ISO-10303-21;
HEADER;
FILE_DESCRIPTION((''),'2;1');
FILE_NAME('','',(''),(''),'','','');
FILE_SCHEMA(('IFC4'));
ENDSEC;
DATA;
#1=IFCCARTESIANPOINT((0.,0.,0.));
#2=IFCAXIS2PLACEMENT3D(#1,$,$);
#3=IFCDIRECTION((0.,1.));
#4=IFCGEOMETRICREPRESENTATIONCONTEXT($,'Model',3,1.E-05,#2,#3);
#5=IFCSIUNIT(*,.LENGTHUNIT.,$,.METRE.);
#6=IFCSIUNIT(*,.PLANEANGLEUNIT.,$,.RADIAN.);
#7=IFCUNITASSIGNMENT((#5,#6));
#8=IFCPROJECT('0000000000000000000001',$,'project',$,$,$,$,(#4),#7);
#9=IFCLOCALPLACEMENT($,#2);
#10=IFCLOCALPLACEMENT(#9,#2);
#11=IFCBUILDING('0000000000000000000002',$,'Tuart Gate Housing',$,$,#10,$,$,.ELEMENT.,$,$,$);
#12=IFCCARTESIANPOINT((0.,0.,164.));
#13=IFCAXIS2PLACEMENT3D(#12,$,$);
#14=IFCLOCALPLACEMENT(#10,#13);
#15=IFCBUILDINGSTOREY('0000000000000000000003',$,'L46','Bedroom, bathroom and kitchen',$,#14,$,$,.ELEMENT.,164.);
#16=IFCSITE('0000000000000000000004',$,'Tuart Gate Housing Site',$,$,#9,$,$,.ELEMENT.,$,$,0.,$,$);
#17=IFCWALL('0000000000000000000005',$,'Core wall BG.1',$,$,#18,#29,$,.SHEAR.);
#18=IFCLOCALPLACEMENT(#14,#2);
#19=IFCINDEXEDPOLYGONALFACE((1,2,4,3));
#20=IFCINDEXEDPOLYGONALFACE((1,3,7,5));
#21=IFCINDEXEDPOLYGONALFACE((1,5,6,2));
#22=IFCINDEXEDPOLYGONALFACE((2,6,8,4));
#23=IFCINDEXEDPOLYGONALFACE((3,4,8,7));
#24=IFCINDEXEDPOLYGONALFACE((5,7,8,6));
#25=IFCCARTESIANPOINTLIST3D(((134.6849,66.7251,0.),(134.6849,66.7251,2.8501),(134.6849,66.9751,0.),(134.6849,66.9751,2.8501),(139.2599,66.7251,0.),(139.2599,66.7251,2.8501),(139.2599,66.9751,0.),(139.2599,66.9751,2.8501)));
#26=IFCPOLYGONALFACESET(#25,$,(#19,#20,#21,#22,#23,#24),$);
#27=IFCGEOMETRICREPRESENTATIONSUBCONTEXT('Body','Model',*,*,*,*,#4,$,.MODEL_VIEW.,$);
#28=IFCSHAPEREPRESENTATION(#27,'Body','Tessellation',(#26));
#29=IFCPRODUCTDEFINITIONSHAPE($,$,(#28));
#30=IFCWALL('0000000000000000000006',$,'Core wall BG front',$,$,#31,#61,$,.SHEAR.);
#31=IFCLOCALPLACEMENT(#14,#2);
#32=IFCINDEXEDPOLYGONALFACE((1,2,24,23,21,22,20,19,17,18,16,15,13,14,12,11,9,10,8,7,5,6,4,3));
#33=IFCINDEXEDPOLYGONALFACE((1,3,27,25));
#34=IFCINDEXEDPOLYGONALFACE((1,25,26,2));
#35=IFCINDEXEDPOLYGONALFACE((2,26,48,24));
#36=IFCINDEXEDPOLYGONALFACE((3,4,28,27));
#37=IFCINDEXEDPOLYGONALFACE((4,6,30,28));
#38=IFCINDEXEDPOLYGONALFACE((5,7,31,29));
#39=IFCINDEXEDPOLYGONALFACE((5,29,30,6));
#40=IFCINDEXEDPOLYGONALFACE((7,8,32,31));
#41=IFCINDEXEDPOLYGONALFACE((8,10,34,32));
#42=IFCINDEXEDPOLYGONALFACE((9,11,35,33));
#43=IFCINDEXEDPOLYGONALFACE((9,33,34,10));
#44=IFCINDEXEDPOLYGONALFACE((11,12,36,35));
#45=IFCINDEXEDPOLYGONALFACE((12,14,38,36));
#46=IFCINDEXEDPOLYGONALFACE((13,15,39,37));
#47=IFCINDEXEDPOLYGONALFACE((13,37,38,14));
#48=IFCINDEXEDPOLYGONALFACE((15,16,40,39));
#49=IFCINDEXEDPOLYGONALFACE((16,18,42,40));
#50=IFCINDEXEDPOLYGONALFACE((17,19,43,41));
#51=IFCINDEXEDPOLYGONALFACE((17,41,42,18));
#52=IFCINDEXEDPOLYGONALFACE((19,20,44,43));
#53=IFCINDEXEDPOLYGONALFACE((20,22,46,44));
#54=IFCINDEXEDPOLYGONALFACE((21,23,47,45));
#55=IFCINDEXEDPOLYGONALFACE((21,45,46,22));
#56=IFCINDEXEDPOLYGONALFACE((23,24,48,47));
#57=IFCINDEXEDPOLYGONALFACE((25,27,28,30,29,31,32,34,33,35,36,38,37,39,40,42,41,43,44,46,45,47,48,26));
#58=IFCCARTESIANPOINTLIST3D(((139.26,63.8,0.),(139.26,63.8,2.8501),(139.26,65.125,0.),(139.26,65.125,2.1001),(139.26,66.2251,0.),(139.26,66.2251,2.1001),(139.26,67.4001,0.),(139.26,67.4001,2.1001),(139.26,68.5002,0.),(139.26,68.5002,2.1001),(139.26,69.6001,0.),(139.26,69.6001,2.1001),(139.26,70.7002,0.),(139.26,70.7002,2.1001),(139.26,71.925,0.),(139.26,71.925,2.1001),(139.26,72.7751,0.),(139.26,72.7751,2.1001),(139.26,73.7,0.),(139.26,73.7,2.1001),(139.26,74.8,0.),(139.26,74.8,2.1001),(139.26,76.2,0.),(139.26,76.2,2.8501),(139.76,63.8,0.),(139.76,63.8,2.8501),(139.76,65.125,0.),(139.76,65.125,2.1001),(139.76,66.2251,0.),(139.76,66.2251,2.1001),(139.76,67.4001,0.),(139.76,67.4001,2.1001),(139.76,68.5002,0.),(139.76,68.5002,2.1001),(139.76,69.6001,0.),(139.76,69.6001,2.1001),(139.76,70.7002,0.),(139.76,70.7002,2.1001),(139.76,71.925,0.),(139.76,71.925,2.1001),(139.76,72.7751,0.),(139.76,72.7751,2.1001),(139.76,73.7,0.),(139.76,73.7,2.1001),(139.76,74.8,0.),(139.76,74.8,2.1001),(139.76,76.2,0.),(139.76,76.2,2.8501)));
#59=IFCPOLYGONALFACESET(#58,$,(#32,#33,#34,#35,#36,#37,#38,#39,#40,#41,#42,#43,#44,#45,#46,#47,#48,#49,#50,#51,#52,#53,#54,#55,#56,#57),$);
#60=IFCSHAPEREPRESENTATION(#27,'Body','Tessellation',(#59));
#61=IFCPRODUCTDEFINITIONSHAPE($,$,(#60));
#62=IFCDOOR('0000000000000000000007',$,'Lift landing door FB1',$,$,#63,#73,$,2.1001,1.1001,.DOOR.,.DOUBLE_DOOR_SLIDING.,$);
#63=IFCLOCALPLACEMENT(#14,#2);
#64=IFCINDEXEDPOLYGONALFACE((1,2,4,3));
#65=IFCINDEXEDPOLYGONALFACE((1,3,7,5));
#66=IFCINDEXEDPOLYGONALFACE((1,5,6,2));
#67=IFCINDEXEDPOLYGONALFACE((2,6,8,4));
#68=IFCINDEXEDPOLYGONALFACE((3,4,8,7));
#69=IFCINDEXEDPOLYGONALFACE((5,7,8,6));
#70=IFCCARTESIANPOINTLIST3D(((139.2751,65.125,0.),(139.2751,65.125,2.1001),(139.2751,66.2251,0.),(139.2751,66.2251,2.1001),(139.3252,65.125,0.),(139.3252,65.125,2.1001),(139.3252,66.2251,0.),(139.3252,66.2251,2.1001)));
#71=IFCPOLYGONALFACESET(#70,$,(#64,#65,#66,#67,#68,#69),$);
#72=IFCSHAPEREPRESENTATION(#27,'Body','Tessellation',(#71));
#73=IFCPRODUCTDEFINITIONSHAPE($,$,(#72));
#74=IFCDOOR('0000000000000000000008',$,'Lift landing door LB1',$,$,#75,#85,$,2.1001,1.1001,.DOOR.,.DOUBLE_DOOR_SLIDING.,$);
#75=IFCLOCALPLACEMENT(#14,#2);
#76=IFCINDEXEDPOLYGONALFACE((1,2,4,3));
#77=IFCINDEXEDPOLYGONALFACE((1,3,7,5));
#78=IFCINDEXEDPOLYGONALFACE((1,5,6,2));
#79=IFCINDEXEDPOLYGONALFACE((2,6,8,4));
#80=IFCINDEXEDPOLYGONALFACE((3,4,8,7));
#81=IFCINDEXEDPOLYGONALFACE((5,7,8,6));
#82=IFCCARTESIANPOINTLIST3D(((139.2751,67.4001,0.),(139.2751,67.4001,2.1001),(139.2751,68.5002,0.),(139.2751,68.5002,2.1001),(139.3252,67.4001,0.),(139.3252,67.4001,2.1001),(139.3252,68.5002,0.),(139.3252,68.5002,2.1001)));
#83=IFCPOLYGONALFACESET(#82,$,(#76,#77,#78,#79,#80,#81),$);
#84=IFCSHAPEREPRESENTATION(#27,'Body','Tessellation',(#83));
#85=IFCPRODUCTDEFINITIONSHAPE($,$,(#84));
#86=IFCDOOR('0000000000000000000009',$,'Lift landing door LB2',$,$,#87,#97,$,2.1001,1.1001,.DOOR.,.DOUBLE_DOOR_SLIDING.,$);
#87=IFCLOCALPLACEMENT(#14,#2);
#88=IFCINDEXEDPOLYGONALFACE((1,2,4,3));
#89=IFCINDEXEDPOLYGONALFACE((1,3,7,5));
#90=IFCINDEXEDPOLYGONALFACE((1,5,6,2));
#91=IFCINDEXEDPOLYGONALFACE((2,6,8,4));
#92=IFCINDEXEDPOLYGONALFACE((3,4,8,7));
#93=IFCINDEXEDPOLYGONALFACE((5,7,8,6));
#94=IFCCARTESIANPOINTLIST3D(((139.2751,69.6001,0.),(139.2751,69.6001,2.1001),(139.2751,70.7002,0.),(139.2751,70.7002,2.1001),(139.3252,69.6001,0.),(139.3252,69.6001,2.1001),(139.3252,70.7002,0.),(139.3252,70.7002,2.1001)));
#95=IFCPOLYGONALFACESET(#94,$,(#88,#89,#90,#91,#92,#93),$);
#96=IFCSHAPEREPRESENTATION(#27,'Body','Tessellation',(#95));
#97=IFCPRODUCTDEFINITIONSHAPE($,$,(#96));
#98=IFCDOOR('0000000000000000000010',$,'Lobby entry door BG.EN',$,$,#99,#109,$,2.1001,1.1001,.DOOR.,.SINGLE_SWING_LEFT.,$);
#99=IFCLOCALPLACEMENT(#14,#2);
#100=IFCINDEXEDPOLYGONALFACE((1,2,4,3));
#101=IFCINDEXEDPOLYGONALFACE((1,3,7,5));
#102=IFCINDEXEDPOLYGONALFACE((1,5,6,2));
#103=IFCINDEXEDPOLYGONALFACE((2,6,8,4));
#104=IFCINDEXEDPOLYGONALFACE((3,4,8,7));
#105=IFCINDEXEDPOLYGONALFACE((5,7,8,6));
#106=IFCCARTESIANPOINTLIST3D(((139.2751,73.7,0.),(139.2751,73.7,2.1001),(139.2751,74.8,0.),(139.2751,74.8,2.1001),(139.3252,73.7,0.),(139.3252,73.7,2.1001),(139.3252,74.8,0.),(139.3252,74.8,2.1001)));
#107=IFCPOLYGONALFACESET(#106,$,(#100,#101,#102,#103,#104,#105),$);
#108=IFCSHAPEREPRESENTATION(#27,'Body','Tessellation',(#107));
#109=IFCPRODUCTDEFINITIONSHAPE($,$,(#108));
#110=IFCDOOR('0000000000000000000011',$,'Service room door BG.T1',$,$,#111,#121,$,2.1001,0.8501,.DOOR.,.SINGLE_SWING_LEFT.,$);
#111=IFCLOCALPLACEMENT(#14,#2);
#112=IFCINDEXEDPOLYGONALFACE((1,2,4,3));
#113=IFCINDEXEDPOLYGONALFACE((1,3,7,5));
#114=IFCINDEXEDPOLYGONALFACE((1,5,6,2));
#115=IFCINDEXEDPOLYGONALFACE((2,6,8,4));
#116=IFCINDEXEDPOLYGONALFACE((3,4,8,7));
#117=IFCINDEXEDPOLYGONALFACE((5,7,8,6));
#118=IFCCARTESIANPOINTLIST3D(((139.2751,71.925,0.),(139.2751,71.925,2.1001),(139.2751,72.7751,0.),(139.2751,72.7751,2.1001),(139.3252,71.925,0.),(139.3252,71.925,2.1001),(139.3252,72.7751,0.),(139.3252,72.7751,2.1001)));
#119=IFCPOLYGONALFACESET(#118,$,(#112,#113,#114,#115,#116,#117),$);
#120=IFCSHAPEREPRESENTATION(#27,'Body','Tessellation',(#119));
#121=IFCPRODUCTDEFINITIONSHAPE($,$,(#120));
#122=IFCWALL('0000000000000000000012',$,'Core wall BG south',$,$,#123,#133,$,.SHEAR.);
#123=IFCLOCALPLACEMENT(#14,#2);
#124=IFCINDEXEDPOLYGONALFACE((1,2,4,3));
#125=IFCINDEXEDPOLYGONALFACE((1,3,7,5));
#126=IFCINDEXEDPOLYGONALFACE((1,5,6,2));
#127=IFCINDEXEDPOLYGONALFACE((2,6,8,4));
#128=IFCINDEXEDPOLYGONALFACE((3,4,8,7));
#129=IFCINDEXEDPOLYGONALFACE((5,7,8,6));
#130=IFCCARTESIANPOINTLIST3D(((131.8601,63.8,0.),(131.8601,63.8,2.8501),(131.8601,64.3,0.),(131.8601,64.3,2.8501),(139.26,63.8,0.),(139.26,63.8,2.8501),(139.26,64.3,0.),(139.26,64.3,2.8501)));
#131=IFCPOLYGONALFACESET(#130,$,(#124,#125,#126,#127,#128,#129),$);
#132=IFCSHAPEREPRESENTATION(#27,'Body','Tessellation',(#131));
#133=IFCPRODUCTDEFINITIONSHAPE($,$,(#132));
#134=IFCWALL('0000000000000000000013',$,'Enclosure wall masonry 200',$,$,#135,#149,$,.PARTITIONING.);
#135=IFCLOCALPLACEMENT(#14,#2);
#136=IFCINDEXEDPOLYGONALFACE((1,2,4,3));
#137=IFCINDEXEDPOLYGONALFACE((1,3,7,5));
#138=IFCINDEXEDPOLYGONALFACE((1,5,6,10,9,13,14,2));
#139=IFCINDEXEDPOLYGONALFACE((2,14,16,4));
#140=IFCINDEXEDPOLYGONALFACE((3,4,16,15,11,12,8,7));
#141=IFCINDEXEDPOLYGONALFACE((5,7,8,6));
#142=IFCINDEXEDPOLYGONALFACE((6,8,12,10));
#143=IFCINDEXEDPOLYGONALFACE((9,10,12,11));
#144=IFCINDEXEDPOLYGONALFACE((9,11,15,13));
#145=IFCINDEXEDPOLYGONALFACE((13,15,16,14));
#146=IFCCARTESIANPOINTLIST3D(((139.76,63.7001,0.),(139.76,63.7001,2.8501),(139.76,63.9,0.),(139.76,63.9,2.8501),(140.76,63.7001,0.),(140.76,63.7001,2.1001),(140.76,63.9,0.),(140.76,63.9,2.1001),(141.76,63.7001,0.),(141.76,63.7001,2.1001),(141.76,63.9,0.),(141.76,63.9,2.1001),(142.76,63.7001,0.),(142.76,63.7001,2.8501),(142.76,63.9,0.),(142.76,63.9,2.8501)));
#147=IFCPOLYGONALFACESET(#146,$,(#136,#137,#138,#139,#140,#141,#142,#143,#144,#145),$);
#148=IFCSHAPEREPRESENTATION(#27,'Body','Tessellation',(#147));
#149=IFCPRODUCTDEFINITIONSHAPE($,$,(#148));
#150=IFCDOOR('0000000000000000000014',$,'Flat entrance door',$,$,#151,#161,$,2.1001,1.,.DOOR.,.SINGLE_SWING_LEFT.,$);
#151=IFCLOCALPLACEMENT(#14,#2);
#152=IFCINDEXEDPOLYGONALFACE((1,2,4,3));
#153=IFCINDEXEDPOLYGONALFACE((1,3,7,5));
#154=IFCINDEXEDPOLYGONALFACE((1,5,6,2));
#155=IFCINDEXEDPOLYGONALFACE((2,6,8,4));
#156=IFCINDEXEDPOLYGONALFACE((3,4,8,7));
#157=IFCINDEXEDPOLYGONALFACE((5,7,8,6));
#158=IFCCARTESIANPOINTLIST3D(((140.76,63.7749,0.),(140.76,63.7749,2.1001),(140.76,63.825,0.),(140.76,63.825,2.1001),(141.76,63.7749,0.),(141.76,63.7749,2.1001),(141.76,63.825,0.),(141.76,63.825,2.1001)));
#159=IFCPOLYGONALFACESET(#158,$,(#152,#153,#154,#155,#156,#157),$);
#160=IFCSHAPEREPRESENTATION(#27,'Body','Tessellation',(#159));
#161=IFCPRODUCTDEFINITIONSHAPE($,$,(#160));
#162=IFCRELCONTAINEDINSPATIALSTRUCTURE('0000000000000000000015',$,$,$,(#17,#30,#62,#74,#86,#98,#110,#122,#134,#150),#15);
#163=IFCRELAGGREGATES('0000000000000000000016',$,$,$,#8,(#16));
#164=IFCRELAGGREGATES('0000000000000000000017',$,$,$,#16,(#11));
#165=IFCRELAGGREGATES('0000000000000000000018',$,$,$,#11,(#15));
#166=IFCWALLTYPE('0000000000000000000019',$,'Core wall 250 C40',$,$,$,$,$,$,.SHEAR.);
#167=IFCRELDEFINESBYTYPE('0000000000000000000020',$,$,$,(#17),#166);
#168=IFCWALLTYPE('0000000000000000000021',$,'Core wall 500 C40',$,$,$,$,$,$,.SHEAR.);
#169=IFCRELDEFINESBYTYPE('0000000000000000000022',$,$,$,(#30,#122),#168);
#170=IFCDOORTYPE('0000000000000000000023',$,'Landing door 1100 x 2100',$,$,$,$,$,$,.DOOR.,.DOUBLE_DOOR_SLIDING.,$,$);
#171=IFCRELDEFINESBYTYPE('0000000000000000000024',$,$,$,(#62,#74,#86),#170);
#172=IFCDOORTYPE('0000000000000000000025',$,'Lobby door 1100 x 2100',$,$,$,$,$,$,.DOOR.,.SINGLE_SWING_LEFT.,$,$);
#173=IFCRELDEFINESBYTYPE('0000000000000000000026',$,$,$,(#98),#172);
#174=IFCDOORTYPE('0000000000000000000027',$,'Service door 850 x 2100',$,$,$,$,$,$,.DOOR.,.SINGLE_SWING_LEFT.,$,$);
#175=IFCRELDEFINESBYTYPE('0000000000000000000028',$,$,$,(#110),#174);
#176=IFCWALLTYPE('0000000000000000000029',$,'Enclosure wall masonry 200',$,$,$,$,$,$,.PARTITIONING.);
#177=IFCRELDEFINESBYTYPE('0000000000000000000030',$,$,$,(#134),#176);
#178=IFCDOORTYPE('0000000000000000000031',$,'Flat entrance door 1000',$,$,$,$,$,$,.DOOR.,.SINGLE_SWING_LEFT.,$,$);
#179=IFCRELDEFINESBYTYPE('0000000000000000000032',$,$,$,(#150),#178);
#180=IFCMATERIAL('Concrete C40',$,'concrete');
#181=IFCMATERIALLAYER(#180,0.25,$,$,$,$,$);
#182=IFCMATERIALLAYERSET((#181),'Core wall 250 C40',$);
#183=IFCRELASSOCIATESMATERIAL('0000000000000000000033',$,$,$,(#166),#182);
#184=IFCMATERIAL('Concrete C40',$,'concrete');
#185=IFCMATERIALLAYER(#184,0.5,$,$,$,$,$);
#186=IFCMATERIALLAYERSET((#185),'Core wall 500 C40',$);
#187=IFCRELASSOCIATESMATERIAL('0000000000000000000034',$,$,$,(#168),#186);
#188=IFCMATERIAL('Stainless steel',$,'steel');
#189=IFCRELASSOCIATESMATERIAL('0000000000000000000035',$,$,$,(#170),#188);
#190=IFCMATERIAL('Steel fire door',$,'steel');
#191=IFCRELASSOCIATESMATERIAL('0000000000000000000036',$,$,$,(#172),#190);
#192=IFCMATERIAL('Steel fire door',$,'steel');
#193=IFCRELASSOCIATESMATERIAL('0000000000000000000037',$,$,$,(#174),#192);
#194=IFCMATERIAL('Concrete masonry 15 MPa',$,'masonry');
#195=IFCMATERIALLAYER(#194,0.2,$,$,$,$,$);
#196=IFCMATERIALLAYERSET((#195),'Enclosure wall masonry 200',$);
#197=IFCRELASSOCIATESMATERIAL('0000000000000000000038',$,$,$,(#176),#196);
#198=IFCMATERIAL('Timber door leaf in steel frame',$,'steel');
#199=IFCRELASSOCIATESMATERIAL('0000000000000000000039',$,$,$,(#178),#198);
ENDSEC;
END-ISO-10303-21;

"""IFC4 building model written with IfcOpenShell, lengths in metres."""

from ifc_helpers import new_model, si_unit, direction, frame, frame_2d, origin, place, context, subcontext, project, spatial, rectangle, extrude, material, layer, layer_set, type_object, element, fill, save


model = new_model("IFC4")

# Units and contexts
model_context = context("Model", 3, precision=1e-05, world=origin(), true_north=direction((0.0, 1.0)))
body_context = subcontext(model_context, "Body", "Model", "MODEL_VIEW")
ifc_project = project(units=[si_unit("LENGTHUNIT", "METRE"), si_unit("PLANEANGLEUNIT", "RADIAN")], contexts=[model_context])

# Site, building, storey
site_placement = place(None, origin())
site = spatial("IfcSite", under=ifc_project, at=site_placement, Name="Tuart Gate Housing Site", CompositionType="ELEMENT", RefElevation=0.0)
building_placement = place(site_placement, origin())
building = spatial("IfcBuilding", under=site, at=building_placement, Name="Tuart Gate Housing", CompositionType="ELEMENT")
storey_placement = place(building_placement, frame((0.0, 0.0, 164.0)))
storey = spatial("IfcBuildingStorey", under=building, at=storey_placement, Name="L46", Description="Bedroom, bathroom and kitchen", CompositionType="ELEMENT", Elevation=164.0)

# Wall
ifc_material_1 = material(Name="Concrete C40", Category="concrete")
ifc_layer_1 = layer(ifc_material_1, 0.25)
ifc_layer_set_1 = layer_set([ifc_layer_1], Name="Core wall 250 C40")
wall_type_1 = type_object("IfcWallType", Name="Core wall 250 C40", PredefinedType="SHEAR", material=ifc_layer_set_1)
wall_1_placement = place(storey_placement, frame((139.26, 66.8501, 0.0), z_axis=(0.0, 0.0, 1.0), x_axis=(-1.0, 0.0, 0.0)))
element("IfcWall", 1, at=wall_1_placement, inside=storey, type_object=wall_type_1, Name="Core wall BG.1", PredefinedType="SHEAR", context=body_context, shape_type="SweptSolid", body=[
    extrude(rectangle(XDim=4.575, YDim=0.25, at=frame_2d((2.2876, 0.0))), origin(), (0.0, 0.0, 1.0), 2.8501),
])

# Wall, openings, doors
ifc_material_2 = material(Name="Concrete C40", Category="concrete")
ifc_layer_2 = layer(ifc_material_2, 0.5)
ifc_layer_set_2 = layer_set([ifc_layer_2], Name="Core wall 500 C40")
wall_type_2 = type_object("IfcWallType", Name="Core wall 500 C40", PredefinedType="SHEAR", material=ifc_layer_set_2)
wall_2_placement = place(storey_placement, frame((139.51, 63.8, 0.0), z_axis=(0.0, 0.0, 1.0), x_axis=(0.0, 1.0, 0.0)))
wall_2 = element("IfcWall", 2, at=wall_2_placement, inside=storey, type_object=wall_type_2, Name="Core wall BG front", PredefinedType="SHEAR", context=body_context, shape_type="SweptSolid", body=[
    extrude(rectangle(XDim=12.3999, YDim=0.5, at=frame_2d((6.2, 0.0))), origin(), (0.0, 0.0, 1.0), 2.8501),
])
opening_1_placement = place(wall_2_placement, frame((1.325, 0.0, 0.0)))
opening_1 = element("IfcOpeningElement", 3, at=opening_1_placement, cuts=wall_2, PredefinedType="OPENING", context=body_context, shape_type="SweptSolid", body=[
    extrude(rectangle(XDim=1.1001, YDim=2.1001, at=frame_2d((0.55, 1.05))), frame((0.0, 0.26, 0.0), z_axis=(0.0, -1.0, 0.0), x_axis=(1.0, 0.0, 0.0)), (0.0, 0.0, 1.0), 0.52),
])
opening_2_placement = place(wall_2_placement, frame((3.6001, 0.0, 0.0)))
opening_2 = element("IfcOpeningElement", 4, at=opening_2_placement, cuts=wall_2, PredefinedType="OPENING", context=body_context, shape_type="SweptSolid", body=[
    extrude(rectangle(XDim=1.1001, YDim=2.1001, at=frame_2d((0.55, 1.05))), frame((0.0, 0.26, 0.0), z_axis=(0.0, -1.0, 0.0), x_axis=(1.0, 0.0, 0.0)), (0.0, 0.0, 1.0), 0.52),
])
opening_3_placement = place(wall_2_placement, frame((5.8, 0.0, 0.0)))
opening_3 = element("IfcOpeningElement", 5, at=opening_3_placement, cuts=wall_2, PredefinedType="OPENING", context=body_context, shape_type="SweptSolid", body=[
    extrude(rectangle(XDim=1.1001, YDim=2.1001, at=frame_2d((0.55, 1.05))), frame((0.0, 0.26, 0.0), z_axis=(0.0, -1.0, 0.0), x_axis=(1.0, 0.0, 0.0)), (0.0, 0.0, 1.0), 0.52),
])
opening_4_placement = place(wall_2_placement, frame((9.8999, 0.0, 0.0)))
opening_4 = element("IfcOpeningElement", 6, at=opening_4_placement, cuts=wall_2, PredefinedType="OPENING", context=body_context, shape_type="SweptSolid", body=[
    extrude(rectangle(XDim=1.1001, YDim=2.1001, at=frame_2d((0.55, 1.05))), frame((0.0, 0.26, 0.0), z_axis=(0.0, -1.0, 0.0), x_axis=(1.0, 0.0, 0.0)), (0.0, 0.0, 1.0), 0.52),
])
opening_5_placement = place(wall_2_placement, frame((8.125, 0.0, 0.0)))
opening_5 = element("IfcOpeningElement", 7, at=opening_5_placement, cuts=wall_2, PredefinedType="OPENING", context=body_context, shape_type="SweptSolid", body=[
    extrude(rectangle(XDim=0.8501, YDim=2.1001, at=frame_2d((0.425, 1.05))), frame((0.0, 0.26, 0.0), z_axis=(0.0, -1.0, 0.0), x_axis=(1.0, 0.0, 0.0)), (0.0, 0.0, 1.0), 0.52),
])
ifc_material_3 = material(Name="Stainless steel", Category="steel")
door_type_1 = type_object("IfcDoorType", Name="Landing door 1100 x 2100", OperationType="DOUBLE_DOOR_SLIDING", PredefinedType="DOOR", material=ifc_material_3)
door_1_placement = place(opening_1_placement, origin())
door_1 = element("IfcDoor", 8, at=door_1_placement, inside=storey, type_object=door_type_1, Name="Lift landing door FB1", OperationType="DOUBLE_DOOR_SLIDING", OverallHeight=2.1001, OverallWidth=1.1001, PredefinedType="DOOR", context=body_context, shape_type="SweptSolid", body=[
    extrude(rectangle(XDim=1.1001, YDim=2.1001, at=frame_2d((0.55, 1.05))), frame((0.0, 0.2349, 0.0), z_axis=(0.0, -1.0, 0.0), x_axis=(1.0, 0.0, 0.0)), (0.0, 0.0, 1.0), 0.05),
])
fill(opening_1, door_1)
door_2_placement = place(opening_2_placement, origin())
door_2 = element("IfcDoor", 9, at=door_2_placement, inside=storey, type_object=door_type_1, Name="Lift landing door LB1", OperationType="DOUBLE_DOOR_SLIDING", OverallHeight=2.1001, OverallWidth=1.1001, PredefinedType="DOOR", context=body_context, shape_type="SweptSolid", body=[
    extrude(rectangle(XDim=1.1001, YDim=2.1001, at=frame_2d((0.55, 1.05))), frame((0.0, 0.2349, 0.0), z_axis=(0.0, -1.0, 0.0), x_axis=(1.0, 0.0, 0.0)), (0.0, 0.0, 1.0), 0.05),
])
fill(opening_2, door_2)
door_3_placement = place(opening_3_placement, origin())
door_3 = element("IfcDoor", 10, at=door_3_placement, inside=storey, type_object=door_type_1, Name="Lift landing door LB2", OperationType="DOUBLE_DOOR_SLIDING", OverallHeight=2.1001, OverallWidth=1.1001, PredefinedType="DOOR", context=body_context, shape_type="SweptSolid", body=[
    extrude(rectangle(XDim=1.1001, YDim=2.1001, at=frame_2d((0.55, 1.05))), frame((0.0, 0.2349, 0.0), z_axis=(0.0, -1.0, 0.0), x_axis=(1.0, 0.0, 0.0)), (0.0, 0.0, 1.0), 0.05),
])
fill(opening_3, door_3)
ifc_material_4 = material(Name="Steel fire door", Category="steel")
door_type_2 = type_object("IfcDoorType", Name="Lobby door 1100 x 2100", OperationType="SINGLE_SWING_LEFT", PredefinedType="DOOR", material=ifc_material_4)
door_4_placement = place(opening_4_placement, origin())
door_4 = element("IfcDoor", 11, at=door_4_placement, inside=storey, type_object=door_type_2, Name="Lobby entry door BG.EN", OperationType="SINGLE_SWING_LEFT", OverallHeight=2.1001, OverallWidth=1.1001, PredefinedType="DOOR", context=body_context, shape_type="SweptSolid", body=[
    extrude(rectangle(XDim=1.1001, YDim=2.1001, at=frame_2d((0.55, 1.05))), frame((0.0, 0.2349, 0.0), z_axis=(0.0, -1.0, 0.0), x_axis=(1.0, 0.0, 0.0)), (0.0, 0.0, 1.0), 0.05),
])
fill(opening_4, door_4)
ifc_material_5 = material(Name="Steel fire door", Category="steel")
door_type_3 = type_object("IfcDoorType", Name="Service door 850 x 2100", OperationType="SINGLE_SWING_LEFT", PredefinedType="DOOR", material=ifc_material_5)
door_5_placement = place(opening_5_placement, origin())
door_5 = element("IfcDoor", 12, at=door_5_placement, inside=storey, type_object=door_type_3, Name="Service room door BG.T1", OperationType="SINGLE_SWING_LEFT", OverallHeight=2.1001, OverallWidth=0.8501, PredefinedType="DOOR", context=body_context, shape_type="SweptSolid", body=[
    extrude(rectangle(XDim=0.8501, YDim=2.1001, at=frame_2d((0.425, 1.05))), frame((0.0, 0.2349, 0.0), z_axis=(0.0, -1.0, 0.0), x_axis=(1.0, 0.0, 0.0)), (0.0, 0.0, 1.0), 0.05),
])
fill(opening_5, door_5)

# Wall
wall_3_placement = place(storey_placement, frame((139.26, 64.05, 0.0), z_axis=(0.0, 0.0, 1.0), x_axis=(-1.0, 0.0, 0.0)))
element("IfcWall", 13, at=wall_3_placement, inside=storey, type_object=wall_type_2, Name="Core wall BG south", PredefinedType="SHEAR", context=body_context, shape_type="SweptSolid", body=[
    extrude(rectangle(XDim=7.3999, YDim=0.5, at=frame_2d((3.7, 0.0))), origin(), (0.0, 0.0, 1.0), 2.8501),
])

# Wall, opening, door
ifc_material_6 = material(Name="Concrete masonry 15 MPa", Category="masonry")
ifc_layer_3 = layer(ifc_material_6, 0.2)
ifc_layer_set_3 = layer_set([ifc_layer_3], Name="Enclosure wall masonry 200")
wall_type_3 = type_object("IfcWallType", Name="Enclosure wall masonry 200", PredefinedType="PARTITIONING", material=ifc_layer_set_3)
wall_4_placement = place(storey_placement, frame((139.76, 63.8, 0.0), z_axis=(0.0, 0.0, 1.0), x_axis=(1.0, 0.0, 0.0)))
wall_4 = element("IfcWall", 14, at=wall_4_placement, inside=storey, type_object=wall_type_3, Name="Enclosure wall masonry 200", PredefinedType="PARTITIONING", context=body_context, shape_type="SweptSolid", body=[
    extrude(rectangle(XDim=3.0, YDim=0.2, at=frame_2d((1.5, 0.0))), origin(), (0.0, 0.0, 1.0), 2.8501),
])
opening_6_placement = place(wall_4_placement, frame((1.0, 0.0, 0.0)))
opening_6 = element("IfcOpeningElement", 15, at=opening_6_placement, cuts=wall_4, PredefinedType="OPENING", context=body_context, shape_type="SweptSolid", body=[
    extrude(rectangle(XDim=1.0, YDim=2.1001, at=frame_2d((0.5, 1.05))), frame((0.0, 0.1099, 0.0), z_axis=(0.0, -1.0, 0.0), x_axis=(1.0, 0.0, 0.0)), (0.0, 0.0, 1.0), 0.22),
])
ifc_material_7 = material(Name="Timber door leaf in steel frame", Category="steel")
door_type_4 = type_object("IfcDoorType", Name="Flat entrance door 1000", OperationType="SINGLE_SWING_LEFT", PredefinedType="DOOR", material=ifc_material_7)
door_6_placement = place(opening_6_placement, frame((1.0, 0.0, 0.0), z_axis=(0.0, 0.0, 1.0), x_axis=(-1.0, 0.0, 0.0)))
door_6 = element("IfcDoor", 16, at=door_6_placement, inside=storey, type_object=door_type_4, Name="Flat entrance door", OperationType="SINGLE_SWING_LEFT", OverallHeight=2.1001, OverallWidth=1.0, PredefinedType="DOOR", context=body_context, shape_type="SweptSolid", body=[
    extrude(rectangle(XDim=1.0, YDim=2.1001, at=frame_2d((0.5, 1.05))), frame((0.0, 0.0251, 0.0), z_axis=(0.0, -1.0, 0.0), x_axis=(1.0, 0.0, 0.0)), (0.0, 0.0, 1.0), 0.05),
])
fill(opening_6, door_6)

save(model, "model.ifc")
